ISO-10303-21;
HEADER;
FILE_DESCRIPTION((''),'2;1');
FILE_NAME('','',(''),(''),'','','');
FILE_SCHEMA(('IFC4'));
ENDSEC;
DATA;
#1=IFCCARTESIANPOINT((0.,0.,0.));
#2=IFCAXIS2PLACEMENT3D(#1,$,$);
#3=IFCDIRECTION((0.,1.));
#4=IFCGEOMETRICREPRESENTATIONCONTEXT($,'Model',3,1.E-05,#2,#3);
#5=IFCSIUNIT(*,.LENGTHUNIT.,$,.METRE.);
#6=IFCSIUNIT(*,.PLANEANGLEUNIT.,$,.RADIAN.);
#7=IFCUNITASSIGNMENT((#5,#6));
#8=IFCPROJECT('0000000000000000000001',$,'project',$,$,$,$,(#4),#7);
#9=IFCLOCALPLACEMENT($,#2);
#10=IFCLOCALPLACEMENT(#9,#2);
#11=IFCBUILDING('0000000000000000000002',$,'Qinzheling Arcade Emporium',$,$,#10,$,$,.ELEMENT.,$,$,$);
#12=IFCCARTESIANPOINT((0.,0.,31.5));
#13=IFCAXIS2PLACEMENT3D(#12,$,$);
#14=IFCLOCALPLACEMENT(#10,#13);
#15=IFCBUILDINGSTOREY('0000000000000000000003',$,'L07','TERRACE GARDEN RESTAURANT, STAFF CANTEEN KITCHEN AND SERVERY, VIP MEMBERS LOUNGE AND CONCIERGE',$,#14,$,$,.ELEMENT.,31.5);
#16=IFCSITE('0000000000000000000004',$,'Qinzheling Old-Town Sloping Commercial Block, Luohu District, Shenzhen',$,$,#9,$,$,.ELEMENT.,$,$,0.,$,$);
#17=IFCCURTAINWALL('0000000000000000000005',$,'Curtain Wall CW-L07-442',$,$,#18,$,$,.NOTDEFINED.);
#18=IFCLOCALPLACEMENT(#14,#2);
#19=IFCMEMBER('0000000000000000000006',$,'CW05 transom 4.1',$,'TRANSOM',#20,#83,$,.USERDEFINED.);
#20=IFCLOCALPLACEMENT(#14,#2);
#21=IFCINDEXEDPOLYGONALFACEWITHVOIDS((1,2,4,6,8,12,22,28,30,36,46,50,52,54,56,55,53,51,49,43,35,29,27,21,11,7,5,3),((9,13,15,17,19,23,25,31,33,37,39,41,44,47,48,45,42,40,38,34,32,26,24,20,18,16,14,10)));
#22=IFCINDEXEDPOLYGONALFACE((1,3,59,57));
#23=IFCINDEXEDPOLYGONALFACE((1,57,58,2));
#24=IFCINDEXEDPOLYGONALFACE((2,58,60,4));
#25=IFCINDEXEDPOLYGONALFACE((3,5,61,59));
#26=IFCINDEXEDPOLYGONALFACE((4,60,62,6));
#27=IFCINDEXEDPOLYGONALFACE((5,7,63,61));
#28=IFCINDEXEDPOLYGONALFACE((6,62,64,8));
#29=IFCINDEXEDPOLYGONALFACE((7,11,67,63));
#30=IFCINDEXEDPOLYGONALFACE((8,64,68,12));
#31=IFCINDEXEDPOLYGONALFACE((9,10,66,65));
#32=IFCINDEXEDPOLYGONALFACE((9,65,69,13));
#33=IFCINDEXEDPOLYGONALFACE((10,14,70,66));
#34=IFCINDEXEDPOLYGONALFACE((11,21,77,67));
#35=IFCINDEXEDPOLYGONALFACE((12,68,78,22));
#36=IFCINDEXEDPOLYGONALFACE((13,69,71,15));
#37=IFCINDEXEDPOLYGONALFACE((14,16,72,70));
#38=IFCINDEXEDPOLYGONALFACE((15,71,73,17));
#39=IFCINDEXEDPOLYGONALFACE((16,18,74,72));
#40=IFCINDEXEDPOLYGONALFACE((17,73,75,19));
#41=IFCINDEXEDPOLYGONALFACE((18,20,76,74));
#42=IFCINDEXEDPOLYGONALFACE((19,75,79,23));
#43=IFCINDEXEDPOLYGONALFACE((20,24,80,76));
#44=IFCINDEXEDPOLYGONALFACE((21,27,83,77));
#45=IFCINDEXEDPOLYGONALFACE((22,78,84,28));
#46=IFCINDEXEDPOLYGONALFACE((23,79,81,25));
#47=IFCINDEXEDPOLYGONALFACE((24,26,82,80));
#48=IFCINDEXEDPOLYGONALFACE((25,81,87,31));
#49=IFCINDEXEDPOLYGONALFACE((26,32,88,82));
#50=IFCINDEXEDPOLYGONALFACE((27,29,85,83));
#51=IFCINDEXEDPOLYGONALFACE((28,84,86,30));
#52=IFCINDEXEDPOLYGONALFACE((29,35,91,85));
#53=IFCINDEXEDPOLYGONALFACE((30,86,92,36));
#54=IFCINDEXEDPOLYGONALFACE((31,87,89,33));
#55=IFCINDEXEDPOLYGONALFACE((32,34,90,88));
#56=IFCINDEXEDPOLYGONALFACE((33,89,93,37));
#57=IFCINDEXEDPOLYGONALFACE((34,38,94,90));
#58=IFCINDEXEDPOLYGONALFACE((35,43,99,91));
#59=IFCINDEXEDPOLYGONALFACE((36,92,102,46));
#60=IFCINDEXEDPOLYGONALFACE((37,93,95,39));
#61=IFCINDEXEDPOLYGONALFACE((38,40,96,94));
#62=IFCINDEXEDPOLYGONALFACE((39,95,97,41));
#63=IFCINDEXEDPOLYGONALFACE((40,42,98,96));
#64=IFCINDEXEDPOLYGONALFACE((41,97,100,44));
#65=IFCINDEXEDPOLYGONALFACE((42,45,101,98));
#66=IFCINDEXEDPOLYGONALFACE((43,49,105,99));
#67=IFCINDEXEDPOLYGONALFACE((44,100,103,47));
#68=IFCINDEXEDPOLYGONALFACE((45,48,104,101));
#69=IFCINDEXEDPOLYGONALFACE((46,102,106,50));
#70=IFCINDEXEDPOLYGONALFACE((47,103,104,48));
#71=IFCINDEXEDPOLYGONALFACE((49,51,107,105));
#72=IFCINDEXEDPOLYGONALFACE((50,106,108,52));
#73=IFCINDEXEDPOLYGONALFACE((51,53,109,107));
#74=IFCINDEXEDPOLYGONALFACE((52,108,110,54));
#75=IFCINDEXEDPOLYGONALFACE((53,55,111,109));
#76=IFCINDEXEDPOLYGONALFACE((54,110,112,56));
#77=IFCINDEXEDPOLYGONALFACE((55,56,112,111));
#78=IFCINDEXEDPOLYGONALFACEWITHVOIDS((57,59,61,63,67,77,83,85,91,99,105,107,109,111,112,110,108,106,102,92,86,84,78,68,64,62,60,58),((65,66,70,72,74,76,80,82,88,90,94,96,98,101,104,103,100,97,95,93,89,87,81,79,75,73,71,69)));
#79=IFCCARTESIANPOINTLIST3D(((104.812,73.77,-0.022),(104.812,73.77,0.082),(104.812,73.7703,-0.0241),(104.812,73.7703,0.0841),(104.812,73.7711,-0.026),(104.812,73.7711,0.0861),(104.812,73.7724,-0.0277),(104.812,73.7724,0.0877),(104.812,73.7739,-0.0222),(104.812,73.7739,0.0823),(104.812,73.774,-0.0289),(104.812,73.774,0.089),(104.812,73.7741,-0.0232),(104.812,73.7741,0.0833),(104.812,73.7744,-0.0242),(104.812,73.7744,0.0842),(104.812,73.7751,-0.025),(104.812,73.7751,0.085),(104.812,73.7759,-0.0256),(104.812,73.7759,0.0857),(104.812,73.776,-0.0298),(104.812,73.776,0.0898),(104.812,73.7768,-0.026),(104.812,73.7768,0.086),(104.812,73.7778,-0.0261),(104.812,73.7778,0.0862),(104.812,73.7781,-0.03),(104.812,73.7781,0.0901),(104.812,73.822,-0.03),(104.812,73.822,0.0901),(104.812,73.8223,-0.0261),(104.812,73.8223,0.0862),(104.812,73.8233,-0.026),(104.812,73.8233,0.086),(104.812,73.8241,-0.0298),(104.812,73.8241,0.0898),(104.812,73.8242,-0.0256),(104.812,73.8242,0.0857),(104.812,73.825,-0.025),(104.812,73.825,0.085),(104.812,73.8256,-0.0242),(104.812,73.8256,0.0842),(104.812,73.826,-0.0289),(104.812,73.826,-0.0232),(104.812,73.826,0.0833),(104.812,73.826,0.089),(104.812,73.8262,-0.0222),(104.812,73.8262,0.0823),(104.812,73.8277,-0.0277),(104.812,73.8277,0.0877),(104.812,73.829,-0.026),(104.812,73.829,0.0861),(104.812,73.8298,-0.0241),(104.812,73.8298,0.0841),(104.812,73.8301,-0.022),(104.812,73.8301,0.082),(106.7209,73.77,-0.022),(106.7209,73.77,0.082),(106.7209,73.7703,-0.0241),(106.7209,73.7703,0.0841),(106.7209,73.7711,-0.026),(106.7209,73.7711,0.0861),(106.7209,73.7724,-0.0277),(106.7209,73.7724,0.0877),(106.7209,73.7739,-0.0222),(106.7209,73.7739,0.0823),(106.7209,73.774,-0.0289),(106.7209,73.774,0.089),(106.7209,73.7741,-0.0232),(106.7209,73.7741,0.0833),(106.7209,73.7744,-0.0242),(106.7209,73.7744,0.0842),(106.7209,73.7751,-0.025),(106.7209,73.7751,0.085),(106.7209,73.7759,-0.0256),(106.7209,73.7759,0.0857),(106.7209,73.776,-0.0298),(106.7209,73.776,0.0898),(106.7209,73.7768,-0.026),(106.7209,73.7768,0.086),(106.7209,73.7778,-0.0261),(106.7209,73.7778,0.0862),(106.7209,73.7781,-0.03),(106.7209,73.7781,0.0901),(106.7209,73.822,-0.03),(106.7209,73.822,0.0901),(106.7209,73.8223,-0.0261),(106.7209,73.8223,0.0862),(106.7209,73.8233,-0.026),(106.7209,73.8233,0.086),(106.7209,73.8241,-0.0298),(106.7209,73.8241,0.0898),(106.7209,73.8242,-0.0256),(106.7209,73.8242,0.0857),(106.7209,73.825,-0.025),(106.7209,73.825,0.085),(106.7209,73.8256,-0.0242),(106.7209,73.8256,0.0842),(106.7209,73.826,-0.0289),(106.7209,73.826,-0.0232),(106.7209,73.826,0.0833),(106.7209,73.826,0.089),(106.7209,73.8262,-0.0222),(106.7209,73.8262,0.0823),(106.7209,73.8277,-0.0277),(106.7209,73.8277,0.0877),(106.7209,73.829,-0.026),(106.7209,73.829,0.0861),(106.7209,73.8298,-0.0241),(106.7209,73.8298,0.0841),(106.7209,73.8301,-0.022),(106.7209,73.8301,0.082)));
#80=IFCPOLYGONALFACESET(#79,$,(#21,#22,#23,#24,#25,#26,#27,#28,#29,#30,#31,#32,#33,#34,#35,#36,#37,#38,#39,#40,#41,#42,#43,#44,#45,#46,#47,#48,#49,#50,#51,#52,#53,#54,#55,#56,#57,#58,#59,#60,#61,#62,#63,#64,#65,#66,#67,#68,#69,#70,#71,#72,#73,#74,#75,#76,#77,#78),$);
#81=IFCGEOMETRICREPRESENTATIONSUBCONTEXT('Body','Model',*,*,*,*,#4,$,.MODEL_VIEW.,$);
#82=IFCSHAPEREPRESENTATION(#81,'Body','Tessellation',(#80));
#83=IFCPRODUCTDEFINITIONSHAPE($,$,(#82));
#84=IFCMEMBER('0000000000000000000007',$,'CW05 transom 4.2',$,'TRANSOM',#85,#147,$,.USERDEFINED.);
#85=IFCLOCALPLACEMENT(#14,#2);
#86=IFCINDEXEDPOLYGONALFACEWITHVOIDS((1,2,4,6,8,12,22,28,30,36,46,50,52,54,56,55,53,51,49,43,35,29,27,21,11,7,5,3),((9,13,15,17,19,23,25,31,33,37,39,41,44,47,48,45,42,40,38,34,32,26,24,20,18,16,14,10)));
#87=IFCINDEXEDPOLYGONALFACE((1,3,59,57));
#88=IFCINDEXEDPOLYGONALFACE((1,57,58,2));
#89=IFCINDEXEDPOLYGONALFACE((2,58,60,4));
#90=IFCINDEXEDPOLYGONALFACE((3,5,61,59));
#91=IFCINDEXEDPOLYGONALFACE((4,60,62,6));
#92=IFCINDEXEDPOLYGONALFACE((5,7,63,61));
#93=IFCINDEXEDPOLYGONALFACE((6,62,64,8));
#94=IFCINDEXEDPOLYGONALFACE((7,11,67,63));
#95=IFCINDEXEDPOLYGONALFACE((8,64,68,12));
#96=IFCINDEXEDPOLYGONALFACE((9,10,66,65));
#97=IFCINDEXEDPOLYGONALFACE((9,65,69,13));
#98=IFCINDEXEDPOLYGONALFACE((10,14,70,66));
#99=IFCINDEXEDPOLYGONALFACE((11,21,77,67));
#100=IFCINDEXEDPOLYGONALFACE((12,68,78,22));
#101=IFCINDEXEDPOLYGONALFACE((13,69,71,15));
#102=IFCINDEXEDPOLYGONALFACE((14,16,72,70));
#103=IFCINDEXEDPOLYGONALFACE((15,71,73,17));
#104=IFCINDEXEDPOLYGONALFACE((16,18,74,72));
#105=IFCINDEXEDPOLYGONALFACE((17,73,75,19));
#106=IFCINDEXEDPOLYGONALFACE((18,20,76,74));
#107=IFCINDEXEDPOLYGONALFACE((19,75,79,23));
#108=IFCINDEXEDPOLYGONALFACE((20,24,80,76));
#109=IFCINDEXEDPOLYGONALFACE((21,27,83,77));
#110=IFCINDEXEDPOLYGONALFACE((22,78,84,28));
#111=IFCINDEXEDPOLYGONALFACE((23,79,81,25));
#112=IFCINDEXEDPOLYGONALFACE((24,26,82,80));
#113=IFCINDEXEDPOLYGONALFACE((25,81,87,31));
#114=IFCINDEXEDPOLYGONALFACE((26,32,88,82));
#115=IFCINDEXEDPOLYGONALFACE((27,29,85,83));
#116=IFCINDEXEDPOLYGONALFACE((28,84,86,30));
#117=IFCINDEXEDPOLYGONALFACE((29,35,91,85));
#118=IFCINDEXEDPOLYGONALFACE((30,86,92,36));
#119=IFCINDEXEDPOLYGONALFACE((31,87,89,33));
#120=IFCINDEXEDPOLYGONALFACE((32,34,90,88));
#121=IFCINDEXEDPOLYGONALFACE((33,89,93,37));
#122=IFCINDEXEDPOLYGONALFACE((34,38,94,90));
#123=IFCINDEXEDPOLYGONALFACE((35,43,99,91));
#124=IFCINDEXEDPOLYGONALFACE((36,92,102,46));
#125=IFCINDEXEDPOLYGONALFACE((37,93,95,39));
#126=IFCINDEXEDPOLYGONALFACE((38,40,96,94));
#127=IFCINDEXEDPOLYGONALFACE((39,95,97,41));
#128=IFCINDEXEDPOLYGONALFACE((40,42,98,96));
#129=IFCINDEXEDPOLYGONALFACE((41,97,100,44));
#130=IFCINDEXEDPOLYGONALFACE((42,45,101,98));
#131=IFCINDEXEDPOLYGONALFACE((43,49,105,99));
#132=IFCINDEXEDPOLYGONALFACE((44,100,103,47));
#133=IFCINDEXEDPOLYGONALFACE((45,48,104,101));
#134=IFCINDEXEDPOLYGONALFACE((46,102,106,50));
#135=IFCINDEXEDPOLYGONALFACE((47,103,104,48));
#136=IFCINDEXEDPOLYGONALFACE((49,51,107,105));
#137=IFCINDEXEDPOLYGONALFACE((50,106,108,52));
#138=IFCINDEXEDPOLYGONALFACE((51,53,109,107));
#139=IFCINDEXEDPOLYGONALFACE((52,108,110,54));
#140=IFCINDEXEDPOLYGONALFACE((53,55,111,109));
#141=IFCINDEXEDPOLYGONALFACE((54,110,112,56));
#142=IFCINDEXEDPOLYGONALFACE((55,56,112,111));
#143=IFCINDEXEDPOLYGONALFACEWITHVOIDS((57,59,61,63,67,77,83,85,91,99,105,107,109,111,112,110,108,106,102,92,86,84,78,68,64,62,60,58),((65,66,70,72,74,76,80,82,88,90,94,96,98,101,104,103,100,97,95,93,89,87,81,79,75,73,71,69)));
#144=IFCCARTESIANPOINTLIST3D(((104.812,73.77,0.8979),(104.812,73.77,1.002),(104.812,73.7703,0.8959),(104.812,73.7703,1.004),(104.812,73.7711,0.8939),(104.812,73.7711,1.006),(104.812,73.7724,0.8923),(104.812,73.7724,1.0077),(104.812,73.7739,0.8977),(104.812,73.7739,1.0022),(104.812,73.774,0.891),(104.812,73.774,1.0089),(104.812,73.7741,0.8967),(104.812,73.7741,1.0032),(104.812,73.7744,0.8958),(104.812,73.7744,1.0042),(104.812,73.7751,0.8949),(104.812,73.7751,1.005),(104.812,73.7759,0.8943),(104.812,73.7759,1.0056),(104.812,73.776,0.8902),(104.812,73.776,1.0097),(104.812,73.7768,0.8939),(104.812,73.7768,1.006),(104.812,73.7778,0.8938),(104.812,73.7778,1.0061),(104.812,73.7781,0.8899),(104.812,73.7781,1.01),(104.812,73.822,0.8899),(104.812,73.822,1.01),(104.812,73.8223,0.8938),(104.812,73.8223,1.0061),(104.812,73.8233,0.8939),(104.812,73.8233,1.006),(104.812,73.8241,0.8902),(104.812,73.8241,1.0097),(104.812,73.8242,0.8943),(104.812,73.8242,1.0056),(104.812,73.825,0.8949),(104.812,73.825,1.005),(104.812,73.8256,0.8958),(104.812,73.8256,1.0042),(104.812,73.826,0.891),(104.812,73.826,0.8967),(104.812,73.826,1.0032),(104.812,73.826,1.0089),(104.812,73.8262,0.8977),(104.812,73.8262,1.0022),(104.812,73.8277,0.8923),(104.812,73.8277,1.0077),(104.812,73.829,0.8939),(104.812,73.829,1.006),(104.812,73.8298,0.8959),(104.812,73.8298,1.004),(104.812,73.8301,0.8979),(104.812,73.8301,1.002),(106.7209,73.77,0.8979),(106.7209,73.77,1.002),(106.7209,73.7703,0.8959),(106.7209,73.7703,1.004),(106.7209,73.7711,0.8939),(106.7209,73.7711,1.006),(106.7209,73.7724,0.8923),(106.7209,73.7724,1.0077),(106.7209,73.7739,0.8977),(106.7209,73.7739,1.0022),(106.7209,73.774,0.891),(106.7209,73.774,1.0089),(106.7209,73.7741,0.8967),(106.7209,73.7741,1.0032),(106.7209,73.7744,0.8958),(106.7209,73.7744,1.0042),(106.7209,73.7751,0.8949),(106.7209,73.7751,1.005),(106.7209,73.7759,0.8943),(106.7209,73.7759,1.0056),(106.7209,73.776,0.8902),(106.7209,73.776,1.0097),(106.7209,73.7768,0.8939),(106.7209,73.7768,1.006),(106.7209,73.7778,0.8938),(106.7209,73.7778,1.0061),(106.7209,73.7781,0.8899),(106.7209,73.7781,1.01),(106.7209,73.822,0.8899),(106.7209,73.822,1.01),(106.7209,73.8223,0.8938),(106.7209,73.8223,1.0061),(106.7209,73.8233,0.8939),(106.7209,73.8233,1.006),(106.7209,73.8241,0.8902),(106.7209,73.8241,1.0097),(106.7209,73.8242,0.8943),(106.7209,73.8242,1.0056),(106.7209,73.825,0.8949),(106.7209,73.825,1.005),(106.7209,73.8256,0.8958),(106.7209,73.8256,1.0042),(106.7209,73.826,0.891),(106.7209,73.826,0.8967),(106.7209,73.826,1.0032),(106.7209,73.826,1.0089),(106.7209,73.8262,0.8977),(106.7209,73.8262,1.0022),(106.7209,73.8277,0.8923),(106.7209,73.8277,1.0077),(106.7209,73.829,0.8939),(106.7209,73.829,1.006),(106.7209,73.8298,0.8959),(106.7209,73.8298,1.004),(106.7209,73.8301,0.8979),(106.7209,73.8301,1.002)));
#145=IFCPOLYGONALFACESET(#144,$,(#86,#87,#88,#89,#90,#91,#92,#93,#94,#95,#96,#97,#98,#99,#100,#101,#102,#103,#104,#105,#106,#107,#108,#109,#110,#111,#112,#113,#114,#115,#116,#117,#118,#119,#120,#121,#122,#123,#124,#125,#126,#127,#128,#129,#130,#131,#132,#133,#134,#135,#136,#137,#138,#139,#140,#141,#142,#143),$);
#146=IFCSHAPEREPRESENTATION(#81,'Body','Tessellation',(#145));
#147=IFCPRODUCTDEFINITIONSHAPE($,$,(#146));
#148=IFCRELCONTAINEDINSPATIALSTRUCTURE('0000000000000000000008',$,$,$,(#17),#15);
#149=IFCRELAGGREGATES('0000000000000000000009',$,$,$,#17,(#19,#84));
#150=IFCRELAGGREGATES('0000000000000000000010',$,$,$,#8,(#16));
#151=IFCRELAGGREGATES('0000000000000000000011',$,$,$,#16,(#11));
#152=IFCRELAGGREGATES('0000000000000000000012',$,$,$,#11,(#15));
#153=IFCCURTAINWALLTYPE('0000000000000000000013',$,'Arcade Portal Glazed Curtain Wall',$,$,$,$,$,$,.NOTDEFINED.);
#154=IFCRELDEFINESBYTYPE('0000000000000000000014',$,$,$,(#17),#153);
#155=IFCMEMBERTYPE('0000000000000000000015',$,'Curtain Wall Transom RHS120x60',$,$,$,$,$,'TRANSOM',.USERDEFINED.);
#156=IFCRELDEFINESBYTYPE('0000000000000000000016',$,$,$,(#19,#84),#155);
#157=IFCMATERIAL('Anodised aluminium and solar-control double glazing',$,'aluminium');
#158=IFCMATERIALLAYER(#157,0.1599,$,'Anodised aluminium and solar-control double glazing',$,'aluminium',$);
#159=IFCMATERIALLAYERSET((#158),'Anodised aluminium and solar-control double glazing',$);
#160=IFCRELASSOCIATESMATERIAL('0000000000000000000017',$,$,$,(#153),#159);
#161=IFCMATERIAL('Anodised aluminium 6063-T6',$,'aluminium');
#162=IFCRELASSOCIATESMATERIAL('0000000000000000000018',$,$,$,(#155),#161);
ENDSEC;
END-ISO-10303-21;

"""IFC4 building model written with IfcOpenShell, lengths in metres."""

from ifc_helpers import new_model, si_unit, direction, frame, origin, origin_2d, place, context, subcontext, project, spatial, hollow_rectangle, extrude, material, layer, layer_set, material_profile, profile_set, type_object, element, aggregate, save


model = new_model("IFC4")

# Units and contexts
model_context = context("Model", 3, precision=1e-05, world=origin(), true_north=direction((0.0, 1.0)))
body_context = subcontext(model_context, "Body", "Model", "MODEL_VIEW")
ifc_project = project(units=[si_unit("LENGTHUNIT", "METRE"), si_unit("PLANEANGLEUNIT", "RADIAN")], contexts=[model_context])

# Site, building, storey
site_placement = place(None, origin())
site = spatial("IfcSite", under=ifc_project, at=site_placement, Name="Qinzheling Old-Town Sloping Commercial Block, Luohu District, Shenzhen", CompositionType="ELEMENT", RefElevation=0.0)
building_placement = place(site_placement, origin())
building = spatial("IfcBuilding", under=site, at=building_placement, Name="Qinzheling Arcade Emporium", CompositionType="ELEMENT")
storey_placement = place(building_placement, frame((0.0, 0.0, 31.5)))
storey = spatial("IfcBuildingStorey", under=building, at=storey_placement, Name="L07", Description="TERRACE GARDEN RESTAURANT, STAFF CANTEEN KITCHEN AND SERVERY, VIP MEMBERS LOUNGE AND CONCIERGE", CompositionType="ELEMENT", Elevation=31.5)

# Shared definitions
ifc_material_1 = material(Name="Anodised aluminium and solar-control double glazing", Category="aluminium")
ifc_material_2 = material(Name="Anodised aluminium 6063-T6", Category="aluminium")

# Curtain wall, members
ifc_layer_1 = layer(ifc_material_1, 0.1599, Name="Anodised aluminium and solar-control double glazing", Category="aluminium")
ifc_layer_set_1 = layer_set([ifc_layer_1], Name="Anodised aluminium and solar-control double glazing")
curtain_wall_type_1 = type_object("IfcCurtainWallType", Name="Arcade Portal Glazed Curtain Wall", PredefinedType="NOTDEFINED", material=ifc_layer_set_1)
curtain_wall_1_placement = place(storey_placement, origin())
curtain_wall_1 = element("IfcCurtainWall", 1, at=curtain_wall_1_placement, inside=storey, type_object=curtain_wall_type_1, Name="Curtain Wall CW-L07-442", PredefinedType="NOTDEFINED")
ifc_material_profile_1 = material_profile(ifc_material_2, hollow_rectangle(XDim=0.0601, YDim=0.1201, WallThickness=0.0039, InnerFilletRadius=0.0039, OuterFilletRadius=0.0081, at=origin_2d()), Name="RHS 120x60x4", Category="aluminium")
ifc_profile_set_1 = profile_set([ifc_material_profile_1], Name="Anodised aluminium 6063-T6")
member_type_1 = type_object("IfcMemberType", Name="Curtain Wall Transom RHS120x60", ElementType="TRANSOM", PredefinedType="USERDEFINED", material=ifc_profile_set_1)
member_1_placement = place(storey_placement, frame((106.7209, 73.8, 0.03), z_axis=(-1.0, 0.0, 0.0), x_axis=(0.0, -1.0, 0.0)))
member_1 = element("IfcMember", 2, at=member_1_placement, type_object=member_type_1, Name="CW05 transom 4.1", ObjectType="TRANSOM", PredefinedType="USERDEFINED", context=body_context, shape_type="SweptSolid", body=[
    extrude(hollow_rectangle(XDim=0.0601, YDim=0.1201, WallThickness=0.0039, InnerFilletRadius=0.0039, OuterFilletRadius=0.0081, at=origin_2d()), origin(), (0.0, 0.0, 1.0), 1.9089),
])
member_2_placement = place(storey_placement, frame((106.7209, 73.8, 0.95), z_axis=(-1.0, 0.0, 0.0), x_axis=(0.0, -1.0, 0.0)))
member_2 = element("IfcMember", 3, at=member_2_placement, type_object=member_type_1, Name="CW05 transom 4.2", ObjectType="TRANSOM", PredefinedType="USERDEFINED", context=body_context, shape_type="SweptSolid", body=[
    extrude(hollow_rectangle(XDim=0.0601, YDim=0.1201, WallThickness=0.0039, InnerFilletRadius=0.0039, OuterFilletRadius=0.0081, at=origin_2d()), origin(), (0.0, 0.0, 1.0), 1.9089),
])

aggregate(curtain_wall_1, [member_1, member_2])

save(model, "model.ifc")
